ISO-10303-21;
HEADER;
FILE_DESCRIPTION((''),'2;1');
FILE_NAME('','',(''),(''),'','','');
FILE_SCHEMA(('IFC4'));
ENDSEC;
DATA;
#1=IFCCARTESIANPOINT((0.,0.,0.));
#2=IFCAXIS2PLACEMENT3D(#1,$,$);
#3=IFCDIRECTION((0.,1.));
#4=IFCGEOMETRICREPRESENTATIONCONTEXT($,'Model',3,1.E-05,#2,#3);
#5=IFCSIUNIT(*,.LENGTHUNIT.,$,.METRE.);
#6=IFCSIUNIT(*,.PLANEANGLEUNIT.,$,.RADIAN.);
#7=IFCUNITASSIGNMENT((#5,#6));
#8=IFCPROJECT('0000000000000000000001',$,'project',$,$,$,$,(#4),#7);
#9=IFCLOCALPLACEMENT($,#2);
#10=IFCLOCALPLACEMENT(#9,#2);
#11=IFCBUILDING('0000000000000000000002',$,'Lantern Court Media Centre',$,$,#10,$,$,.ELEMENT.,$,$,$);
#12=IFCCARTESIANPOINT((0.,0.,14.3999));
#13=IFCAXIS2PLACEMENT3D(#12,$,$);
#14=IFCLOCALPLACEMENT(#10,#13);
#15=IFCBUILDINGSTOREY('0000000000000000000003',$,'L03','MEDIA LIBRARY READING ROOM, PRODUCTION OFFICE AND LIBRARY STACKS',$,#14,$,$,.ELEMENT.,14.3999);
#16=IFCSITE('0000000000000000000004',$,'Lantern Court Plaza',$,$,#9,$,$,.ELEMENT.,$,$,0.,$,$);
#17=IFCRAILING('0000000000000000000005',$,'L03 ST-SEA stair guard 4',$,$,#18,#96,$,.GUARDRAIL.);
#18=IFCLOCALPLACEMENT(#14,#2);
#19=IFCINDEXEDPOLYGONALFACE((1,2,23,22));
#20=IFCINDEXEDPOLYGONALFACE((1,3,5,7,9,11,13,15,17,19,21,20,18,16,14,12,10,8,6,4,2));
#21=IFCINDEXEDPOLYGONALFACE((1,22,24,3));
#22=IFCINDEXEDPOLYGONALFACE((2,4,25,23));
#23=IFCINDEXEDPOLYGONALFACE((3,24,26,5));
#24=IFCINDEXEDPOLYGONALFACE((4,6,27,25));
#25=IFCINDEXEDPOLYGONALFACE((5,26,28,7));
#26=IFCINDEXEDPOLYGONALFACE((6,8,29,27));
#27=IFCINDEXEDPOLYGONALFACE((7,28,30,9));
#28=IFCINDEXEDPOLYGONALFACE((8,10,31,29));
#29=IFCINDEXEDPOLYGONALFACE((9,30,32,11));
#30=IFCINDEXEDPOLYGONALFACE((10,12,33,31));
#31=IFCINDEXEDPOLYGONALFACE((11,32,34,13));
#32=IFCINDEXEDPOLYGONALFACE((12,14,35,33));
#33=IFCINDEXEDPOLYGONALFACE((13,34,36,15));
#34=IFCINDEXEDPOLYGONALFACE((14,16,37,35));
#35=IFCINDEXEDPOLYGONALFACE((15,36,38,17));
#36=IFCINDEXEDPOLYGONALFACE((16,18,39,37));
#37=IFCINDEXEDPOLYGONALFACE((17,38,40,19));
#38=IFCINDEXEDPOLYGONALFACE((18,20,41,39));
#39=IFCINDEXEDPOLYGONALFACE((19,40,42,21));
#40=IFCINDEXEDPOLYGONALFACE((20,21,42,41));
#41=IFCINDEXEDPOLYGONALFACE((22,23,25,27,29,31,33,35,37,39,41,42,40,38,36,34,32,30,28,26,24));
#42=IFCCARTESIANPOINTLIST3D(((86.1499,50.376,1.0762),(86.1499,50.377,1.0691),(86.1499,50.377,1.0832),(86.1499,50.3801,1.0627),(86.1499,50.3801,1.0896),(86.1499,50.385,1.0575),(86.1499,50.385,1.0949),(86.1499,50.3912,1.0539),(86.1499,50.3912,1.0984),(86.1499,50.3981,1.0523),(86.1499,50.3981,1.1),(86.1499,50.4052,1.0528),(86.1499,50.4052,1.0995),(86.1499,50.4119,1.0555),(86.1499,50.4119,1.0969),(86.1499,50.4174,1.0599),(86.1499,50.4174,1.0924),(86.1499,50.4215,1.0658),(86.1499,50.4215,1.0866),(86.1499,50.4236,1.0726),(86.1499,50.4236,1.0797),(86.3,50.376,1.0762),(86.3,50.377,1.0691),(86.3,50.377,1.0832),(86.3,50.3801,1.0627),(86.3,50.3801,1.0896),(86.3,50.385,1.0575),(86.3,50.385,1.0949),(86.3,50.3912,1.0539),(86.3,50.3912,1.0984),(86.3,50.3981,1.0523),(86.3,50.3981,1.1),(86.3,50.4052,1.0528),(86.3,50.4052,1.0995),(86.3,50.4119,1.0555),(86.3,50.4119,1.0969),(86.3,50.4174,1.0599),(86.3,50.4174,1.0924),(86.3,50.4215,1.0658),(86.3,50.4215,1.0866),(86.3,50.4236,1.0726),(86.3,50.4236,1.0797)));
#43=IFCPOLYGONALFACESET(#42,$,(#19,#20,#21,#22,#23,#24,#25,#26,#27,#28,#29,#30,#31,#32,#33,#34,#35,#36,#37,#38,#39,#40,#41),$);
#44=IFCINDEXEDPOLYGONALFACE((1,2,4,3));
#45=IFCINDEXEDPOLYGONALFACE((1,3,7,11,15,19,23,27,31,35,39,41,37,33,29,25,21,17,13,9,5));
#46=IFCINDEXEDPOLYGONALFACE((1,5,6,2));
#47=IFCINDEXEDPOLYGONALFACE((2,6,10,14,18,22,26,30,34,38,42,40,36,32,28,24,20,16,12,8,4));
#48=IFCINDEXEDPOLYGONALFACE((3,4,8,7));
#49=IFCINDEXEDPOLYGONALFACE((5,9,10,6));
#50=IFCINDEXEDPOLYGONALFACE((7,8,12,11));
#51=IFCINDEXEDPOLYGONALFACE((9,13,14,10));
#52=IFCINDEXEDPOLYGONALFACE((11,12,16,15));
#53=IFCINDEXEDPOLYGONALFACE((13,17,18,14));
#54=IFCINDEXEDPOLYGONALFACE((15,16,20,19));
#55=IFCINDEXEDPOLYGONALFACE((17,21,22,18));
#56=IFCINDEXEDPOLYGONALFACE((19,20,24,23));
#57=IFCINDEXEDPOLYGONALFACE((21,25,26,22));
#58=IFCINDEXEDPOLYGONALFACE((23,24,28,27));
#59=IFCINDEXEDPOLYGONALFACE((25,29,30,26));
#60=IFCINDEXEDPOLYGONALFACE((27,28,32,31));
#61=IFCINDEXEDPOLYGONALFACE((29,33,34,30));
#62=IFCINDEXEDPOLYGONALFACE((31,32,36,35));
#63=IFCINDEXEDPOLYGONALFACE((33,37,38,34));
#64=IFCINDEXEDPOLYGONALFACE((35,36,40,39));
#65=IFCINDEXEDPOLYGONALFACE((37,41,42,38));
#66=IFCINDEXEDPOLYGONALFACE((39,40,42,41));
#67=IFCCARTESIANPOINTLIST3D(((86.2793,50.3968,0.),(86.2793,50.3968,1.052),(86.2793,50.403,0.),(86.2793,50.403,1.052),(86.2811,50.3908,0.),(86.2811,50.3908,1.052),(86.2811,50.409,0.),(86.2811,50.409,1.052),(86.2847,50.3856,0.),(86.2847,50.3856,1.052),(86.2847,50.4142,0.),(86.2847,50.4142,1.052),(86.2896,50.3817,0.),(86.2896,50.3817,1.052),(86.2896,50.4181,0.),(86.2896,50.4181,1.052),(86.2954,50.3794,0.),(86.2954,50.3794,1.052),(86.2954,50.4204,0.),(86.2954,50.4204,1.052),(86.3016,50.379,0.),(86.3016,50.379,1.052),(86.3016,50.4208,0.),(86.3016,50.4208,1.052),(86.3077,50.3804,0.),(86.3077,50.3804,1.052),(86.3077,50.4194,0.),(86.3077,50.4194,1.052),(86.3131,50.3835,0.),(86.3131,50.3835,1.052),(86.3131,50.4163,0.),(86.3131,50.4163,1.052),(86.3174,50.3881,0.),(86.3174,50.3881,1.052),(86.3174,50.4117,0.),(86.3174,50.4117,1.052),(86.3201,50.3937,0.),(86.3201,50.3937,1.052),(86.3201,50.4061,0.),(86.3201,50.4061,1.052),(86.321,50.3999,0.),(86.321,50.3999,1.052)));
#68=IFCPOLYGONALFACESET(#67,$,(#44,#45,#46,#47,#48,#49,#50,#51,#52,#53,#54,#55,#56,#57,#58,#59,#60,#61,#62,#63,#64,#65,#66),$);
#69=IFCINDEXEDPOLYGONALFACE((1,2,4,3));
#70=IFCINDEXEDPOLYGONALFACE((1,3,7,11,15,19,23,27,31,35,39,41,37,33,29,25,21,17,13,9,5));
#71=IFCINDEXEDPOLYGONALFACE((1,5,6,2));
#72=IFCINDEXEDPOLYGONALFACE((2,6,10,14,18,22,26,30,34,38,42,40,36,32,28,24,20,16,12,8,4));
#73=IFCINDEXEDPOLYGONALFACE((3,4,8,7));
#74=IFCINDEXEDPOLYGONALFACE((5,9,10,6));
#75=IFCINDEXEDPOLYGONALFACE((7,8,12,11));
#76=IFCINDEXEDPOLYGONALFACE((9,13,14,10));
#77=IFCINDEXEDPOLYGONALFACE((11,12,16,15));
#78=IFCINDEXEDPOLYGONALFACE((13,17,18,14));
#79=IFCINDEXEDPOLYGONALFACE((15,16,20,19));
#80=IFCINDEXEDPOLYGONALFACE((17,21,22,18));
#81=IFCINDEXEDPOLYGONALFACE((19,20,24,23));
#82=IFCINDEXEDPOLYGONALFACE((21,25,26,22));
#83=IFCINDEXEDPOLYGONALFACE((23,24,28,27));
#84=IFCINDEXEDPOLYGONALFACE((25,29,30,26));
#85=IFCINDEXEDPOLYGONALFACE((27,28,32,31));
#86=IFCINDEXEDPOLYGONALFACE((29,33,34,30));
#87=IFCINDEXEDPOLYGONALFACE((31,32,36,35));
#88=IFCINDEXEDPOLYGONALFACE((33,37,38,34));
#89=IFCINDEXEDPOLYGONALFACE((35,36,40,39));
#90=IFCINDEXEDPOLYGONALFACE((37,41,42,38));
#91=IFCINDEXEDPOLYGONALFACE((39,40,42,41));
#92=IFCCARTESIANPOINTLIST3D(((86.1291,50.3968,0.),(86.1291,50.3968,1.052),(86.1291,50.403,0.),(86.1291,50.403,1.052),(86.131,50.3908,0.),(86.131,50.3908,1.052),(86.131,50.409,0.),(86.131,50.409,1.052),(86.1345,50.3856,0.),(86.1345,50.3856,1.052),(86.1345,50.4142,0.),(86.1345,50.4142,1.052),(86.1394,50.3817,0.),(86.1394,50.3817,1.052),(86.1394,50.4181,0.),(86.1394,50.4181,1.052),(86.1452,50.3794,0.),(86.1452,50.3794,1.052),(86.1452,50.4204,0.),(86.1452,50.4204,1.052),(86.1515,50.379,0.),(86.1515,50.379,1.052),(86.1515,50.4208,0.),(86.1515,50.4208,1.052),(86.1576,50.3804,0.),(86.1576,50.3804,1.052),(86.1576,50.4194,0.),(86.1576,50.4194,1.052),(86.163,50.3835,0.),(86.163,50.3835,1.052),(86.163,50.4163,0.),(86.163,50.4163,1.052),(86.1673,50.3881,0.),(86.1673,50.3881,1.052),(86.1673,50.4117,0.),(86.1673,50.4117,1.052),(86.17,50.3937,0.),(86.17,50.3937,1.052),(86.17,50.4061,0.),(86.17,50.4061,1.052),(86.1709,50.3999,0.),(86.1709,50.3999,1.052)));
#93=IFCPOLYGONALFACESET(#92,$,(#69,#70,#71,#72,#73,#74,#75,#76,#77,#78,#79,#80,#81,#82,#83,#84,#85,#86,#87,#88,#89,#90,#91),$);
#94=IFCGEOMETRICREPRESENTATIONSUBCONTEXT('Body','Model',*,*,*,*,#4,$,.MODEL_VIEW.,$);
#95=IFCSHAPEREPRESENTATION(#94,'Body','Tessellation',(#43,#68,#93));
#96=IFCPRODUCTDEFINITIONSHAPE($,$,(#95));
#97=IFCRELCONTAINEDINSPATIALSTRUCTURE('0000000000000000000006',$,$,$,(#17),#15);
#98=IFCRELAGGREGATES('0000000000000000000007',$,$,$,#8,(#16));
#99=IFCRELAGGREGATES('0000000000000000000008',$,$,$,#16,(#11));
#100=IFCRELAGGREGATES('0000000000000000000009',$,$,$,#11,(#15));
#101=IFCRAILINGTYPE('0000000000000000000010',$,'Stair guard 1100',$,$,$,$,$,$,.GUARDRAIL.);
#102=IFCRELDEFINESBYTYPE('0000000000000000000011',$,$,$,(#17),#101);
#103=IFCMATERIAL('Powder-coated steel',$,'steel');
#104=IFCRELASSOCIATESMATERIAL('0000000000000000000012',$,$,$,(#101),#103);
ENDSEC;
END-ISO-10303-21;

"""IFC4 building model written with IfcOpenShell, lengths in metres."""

from ifc_helpers import new_model, si_unit, direction, frame, origin, origin_2d, place, context, subcontext, project, spatial, circle, extrude, material, type_object, element, save


model = new_model("IFC4")

# Units and contexts
model_context = context("Model", 3, precision=1e-05, world=origin(), true_north=direction((0.0, 1.0)))
body_context = subcontext(model_context, "Body", "Model", "MODEL_VIEW")
ifc_project = project(units=[si_unit("LENGTHUNIT", "METRE"), si_unit("PLANEANGLEUNIT", "RADIAN")], contexts=[model_context])

# Site, building, storey
site_placement = place(None, origin())
site = spatial("IfcSite", under=ifc_project, at=site_placement, Name="Lantern Court Plaza", CompositionType="ELEMENT", RefElevation=0.0)
building_placement = place(site_placement, origin())
building = spatial("IfcBuilding", under=site, at=building_placement, Name="Lantern Court Media Centre", CompositionType="ELEMENT")
storey_placement = place(building_placement, frame((0.0, 0.0, 14.3999)))
storey = spatial("IfcBuildingStorey", under=building, at=storey_placement, Name="L03", Description="MEDIA LIBRARY READING ROOM, PRODUCTION OFFICE AND LIBRARY STACKS", CompositionType="ELEMENT", Elevation=14.3999)

# Railing
ifc_material_1 = material(Name="Powder-coated steel", Category="steel")
railing_type_1 = type_object("IfcRailingType", Name="Stair guard 1100", PredefinedType="GUARDRAIL", material=ifc_material_1)
railing_1_placement = place(storey_placement, frame((86.3, 50.3999, 0.0)))
element("IfcRailing", 1, at=railing_1_placement, inside=storey, type_object=railing_type_1, Name="L03 ST-SEA stair guard 4", PredefinedType="GUARDRAIL", context=body_context, shape_type="SweptSolid", body=[
    extrude(circle(Radius=0.0239, at=origin_2d()), frame((0.0, 0.0, 1.0762), z_axis=(-1.0, 0.0, 0.0), x_axis=(0.0, -1.0, 0.0)), (0.0, 0.0, 1.0), 0.1501),
    extrude(circle(Radius=0.021, at=origin_2d()), origin(), (0.0, 0.0, 1.0), 1.052),
    extrude(circle(Radius=0.021, at=origin_2d()), frame((-0.1501, 0.0, 0.0)), (0.0, 0.0, 1.0), 1.052),
])

save(model, "model.ifc")
